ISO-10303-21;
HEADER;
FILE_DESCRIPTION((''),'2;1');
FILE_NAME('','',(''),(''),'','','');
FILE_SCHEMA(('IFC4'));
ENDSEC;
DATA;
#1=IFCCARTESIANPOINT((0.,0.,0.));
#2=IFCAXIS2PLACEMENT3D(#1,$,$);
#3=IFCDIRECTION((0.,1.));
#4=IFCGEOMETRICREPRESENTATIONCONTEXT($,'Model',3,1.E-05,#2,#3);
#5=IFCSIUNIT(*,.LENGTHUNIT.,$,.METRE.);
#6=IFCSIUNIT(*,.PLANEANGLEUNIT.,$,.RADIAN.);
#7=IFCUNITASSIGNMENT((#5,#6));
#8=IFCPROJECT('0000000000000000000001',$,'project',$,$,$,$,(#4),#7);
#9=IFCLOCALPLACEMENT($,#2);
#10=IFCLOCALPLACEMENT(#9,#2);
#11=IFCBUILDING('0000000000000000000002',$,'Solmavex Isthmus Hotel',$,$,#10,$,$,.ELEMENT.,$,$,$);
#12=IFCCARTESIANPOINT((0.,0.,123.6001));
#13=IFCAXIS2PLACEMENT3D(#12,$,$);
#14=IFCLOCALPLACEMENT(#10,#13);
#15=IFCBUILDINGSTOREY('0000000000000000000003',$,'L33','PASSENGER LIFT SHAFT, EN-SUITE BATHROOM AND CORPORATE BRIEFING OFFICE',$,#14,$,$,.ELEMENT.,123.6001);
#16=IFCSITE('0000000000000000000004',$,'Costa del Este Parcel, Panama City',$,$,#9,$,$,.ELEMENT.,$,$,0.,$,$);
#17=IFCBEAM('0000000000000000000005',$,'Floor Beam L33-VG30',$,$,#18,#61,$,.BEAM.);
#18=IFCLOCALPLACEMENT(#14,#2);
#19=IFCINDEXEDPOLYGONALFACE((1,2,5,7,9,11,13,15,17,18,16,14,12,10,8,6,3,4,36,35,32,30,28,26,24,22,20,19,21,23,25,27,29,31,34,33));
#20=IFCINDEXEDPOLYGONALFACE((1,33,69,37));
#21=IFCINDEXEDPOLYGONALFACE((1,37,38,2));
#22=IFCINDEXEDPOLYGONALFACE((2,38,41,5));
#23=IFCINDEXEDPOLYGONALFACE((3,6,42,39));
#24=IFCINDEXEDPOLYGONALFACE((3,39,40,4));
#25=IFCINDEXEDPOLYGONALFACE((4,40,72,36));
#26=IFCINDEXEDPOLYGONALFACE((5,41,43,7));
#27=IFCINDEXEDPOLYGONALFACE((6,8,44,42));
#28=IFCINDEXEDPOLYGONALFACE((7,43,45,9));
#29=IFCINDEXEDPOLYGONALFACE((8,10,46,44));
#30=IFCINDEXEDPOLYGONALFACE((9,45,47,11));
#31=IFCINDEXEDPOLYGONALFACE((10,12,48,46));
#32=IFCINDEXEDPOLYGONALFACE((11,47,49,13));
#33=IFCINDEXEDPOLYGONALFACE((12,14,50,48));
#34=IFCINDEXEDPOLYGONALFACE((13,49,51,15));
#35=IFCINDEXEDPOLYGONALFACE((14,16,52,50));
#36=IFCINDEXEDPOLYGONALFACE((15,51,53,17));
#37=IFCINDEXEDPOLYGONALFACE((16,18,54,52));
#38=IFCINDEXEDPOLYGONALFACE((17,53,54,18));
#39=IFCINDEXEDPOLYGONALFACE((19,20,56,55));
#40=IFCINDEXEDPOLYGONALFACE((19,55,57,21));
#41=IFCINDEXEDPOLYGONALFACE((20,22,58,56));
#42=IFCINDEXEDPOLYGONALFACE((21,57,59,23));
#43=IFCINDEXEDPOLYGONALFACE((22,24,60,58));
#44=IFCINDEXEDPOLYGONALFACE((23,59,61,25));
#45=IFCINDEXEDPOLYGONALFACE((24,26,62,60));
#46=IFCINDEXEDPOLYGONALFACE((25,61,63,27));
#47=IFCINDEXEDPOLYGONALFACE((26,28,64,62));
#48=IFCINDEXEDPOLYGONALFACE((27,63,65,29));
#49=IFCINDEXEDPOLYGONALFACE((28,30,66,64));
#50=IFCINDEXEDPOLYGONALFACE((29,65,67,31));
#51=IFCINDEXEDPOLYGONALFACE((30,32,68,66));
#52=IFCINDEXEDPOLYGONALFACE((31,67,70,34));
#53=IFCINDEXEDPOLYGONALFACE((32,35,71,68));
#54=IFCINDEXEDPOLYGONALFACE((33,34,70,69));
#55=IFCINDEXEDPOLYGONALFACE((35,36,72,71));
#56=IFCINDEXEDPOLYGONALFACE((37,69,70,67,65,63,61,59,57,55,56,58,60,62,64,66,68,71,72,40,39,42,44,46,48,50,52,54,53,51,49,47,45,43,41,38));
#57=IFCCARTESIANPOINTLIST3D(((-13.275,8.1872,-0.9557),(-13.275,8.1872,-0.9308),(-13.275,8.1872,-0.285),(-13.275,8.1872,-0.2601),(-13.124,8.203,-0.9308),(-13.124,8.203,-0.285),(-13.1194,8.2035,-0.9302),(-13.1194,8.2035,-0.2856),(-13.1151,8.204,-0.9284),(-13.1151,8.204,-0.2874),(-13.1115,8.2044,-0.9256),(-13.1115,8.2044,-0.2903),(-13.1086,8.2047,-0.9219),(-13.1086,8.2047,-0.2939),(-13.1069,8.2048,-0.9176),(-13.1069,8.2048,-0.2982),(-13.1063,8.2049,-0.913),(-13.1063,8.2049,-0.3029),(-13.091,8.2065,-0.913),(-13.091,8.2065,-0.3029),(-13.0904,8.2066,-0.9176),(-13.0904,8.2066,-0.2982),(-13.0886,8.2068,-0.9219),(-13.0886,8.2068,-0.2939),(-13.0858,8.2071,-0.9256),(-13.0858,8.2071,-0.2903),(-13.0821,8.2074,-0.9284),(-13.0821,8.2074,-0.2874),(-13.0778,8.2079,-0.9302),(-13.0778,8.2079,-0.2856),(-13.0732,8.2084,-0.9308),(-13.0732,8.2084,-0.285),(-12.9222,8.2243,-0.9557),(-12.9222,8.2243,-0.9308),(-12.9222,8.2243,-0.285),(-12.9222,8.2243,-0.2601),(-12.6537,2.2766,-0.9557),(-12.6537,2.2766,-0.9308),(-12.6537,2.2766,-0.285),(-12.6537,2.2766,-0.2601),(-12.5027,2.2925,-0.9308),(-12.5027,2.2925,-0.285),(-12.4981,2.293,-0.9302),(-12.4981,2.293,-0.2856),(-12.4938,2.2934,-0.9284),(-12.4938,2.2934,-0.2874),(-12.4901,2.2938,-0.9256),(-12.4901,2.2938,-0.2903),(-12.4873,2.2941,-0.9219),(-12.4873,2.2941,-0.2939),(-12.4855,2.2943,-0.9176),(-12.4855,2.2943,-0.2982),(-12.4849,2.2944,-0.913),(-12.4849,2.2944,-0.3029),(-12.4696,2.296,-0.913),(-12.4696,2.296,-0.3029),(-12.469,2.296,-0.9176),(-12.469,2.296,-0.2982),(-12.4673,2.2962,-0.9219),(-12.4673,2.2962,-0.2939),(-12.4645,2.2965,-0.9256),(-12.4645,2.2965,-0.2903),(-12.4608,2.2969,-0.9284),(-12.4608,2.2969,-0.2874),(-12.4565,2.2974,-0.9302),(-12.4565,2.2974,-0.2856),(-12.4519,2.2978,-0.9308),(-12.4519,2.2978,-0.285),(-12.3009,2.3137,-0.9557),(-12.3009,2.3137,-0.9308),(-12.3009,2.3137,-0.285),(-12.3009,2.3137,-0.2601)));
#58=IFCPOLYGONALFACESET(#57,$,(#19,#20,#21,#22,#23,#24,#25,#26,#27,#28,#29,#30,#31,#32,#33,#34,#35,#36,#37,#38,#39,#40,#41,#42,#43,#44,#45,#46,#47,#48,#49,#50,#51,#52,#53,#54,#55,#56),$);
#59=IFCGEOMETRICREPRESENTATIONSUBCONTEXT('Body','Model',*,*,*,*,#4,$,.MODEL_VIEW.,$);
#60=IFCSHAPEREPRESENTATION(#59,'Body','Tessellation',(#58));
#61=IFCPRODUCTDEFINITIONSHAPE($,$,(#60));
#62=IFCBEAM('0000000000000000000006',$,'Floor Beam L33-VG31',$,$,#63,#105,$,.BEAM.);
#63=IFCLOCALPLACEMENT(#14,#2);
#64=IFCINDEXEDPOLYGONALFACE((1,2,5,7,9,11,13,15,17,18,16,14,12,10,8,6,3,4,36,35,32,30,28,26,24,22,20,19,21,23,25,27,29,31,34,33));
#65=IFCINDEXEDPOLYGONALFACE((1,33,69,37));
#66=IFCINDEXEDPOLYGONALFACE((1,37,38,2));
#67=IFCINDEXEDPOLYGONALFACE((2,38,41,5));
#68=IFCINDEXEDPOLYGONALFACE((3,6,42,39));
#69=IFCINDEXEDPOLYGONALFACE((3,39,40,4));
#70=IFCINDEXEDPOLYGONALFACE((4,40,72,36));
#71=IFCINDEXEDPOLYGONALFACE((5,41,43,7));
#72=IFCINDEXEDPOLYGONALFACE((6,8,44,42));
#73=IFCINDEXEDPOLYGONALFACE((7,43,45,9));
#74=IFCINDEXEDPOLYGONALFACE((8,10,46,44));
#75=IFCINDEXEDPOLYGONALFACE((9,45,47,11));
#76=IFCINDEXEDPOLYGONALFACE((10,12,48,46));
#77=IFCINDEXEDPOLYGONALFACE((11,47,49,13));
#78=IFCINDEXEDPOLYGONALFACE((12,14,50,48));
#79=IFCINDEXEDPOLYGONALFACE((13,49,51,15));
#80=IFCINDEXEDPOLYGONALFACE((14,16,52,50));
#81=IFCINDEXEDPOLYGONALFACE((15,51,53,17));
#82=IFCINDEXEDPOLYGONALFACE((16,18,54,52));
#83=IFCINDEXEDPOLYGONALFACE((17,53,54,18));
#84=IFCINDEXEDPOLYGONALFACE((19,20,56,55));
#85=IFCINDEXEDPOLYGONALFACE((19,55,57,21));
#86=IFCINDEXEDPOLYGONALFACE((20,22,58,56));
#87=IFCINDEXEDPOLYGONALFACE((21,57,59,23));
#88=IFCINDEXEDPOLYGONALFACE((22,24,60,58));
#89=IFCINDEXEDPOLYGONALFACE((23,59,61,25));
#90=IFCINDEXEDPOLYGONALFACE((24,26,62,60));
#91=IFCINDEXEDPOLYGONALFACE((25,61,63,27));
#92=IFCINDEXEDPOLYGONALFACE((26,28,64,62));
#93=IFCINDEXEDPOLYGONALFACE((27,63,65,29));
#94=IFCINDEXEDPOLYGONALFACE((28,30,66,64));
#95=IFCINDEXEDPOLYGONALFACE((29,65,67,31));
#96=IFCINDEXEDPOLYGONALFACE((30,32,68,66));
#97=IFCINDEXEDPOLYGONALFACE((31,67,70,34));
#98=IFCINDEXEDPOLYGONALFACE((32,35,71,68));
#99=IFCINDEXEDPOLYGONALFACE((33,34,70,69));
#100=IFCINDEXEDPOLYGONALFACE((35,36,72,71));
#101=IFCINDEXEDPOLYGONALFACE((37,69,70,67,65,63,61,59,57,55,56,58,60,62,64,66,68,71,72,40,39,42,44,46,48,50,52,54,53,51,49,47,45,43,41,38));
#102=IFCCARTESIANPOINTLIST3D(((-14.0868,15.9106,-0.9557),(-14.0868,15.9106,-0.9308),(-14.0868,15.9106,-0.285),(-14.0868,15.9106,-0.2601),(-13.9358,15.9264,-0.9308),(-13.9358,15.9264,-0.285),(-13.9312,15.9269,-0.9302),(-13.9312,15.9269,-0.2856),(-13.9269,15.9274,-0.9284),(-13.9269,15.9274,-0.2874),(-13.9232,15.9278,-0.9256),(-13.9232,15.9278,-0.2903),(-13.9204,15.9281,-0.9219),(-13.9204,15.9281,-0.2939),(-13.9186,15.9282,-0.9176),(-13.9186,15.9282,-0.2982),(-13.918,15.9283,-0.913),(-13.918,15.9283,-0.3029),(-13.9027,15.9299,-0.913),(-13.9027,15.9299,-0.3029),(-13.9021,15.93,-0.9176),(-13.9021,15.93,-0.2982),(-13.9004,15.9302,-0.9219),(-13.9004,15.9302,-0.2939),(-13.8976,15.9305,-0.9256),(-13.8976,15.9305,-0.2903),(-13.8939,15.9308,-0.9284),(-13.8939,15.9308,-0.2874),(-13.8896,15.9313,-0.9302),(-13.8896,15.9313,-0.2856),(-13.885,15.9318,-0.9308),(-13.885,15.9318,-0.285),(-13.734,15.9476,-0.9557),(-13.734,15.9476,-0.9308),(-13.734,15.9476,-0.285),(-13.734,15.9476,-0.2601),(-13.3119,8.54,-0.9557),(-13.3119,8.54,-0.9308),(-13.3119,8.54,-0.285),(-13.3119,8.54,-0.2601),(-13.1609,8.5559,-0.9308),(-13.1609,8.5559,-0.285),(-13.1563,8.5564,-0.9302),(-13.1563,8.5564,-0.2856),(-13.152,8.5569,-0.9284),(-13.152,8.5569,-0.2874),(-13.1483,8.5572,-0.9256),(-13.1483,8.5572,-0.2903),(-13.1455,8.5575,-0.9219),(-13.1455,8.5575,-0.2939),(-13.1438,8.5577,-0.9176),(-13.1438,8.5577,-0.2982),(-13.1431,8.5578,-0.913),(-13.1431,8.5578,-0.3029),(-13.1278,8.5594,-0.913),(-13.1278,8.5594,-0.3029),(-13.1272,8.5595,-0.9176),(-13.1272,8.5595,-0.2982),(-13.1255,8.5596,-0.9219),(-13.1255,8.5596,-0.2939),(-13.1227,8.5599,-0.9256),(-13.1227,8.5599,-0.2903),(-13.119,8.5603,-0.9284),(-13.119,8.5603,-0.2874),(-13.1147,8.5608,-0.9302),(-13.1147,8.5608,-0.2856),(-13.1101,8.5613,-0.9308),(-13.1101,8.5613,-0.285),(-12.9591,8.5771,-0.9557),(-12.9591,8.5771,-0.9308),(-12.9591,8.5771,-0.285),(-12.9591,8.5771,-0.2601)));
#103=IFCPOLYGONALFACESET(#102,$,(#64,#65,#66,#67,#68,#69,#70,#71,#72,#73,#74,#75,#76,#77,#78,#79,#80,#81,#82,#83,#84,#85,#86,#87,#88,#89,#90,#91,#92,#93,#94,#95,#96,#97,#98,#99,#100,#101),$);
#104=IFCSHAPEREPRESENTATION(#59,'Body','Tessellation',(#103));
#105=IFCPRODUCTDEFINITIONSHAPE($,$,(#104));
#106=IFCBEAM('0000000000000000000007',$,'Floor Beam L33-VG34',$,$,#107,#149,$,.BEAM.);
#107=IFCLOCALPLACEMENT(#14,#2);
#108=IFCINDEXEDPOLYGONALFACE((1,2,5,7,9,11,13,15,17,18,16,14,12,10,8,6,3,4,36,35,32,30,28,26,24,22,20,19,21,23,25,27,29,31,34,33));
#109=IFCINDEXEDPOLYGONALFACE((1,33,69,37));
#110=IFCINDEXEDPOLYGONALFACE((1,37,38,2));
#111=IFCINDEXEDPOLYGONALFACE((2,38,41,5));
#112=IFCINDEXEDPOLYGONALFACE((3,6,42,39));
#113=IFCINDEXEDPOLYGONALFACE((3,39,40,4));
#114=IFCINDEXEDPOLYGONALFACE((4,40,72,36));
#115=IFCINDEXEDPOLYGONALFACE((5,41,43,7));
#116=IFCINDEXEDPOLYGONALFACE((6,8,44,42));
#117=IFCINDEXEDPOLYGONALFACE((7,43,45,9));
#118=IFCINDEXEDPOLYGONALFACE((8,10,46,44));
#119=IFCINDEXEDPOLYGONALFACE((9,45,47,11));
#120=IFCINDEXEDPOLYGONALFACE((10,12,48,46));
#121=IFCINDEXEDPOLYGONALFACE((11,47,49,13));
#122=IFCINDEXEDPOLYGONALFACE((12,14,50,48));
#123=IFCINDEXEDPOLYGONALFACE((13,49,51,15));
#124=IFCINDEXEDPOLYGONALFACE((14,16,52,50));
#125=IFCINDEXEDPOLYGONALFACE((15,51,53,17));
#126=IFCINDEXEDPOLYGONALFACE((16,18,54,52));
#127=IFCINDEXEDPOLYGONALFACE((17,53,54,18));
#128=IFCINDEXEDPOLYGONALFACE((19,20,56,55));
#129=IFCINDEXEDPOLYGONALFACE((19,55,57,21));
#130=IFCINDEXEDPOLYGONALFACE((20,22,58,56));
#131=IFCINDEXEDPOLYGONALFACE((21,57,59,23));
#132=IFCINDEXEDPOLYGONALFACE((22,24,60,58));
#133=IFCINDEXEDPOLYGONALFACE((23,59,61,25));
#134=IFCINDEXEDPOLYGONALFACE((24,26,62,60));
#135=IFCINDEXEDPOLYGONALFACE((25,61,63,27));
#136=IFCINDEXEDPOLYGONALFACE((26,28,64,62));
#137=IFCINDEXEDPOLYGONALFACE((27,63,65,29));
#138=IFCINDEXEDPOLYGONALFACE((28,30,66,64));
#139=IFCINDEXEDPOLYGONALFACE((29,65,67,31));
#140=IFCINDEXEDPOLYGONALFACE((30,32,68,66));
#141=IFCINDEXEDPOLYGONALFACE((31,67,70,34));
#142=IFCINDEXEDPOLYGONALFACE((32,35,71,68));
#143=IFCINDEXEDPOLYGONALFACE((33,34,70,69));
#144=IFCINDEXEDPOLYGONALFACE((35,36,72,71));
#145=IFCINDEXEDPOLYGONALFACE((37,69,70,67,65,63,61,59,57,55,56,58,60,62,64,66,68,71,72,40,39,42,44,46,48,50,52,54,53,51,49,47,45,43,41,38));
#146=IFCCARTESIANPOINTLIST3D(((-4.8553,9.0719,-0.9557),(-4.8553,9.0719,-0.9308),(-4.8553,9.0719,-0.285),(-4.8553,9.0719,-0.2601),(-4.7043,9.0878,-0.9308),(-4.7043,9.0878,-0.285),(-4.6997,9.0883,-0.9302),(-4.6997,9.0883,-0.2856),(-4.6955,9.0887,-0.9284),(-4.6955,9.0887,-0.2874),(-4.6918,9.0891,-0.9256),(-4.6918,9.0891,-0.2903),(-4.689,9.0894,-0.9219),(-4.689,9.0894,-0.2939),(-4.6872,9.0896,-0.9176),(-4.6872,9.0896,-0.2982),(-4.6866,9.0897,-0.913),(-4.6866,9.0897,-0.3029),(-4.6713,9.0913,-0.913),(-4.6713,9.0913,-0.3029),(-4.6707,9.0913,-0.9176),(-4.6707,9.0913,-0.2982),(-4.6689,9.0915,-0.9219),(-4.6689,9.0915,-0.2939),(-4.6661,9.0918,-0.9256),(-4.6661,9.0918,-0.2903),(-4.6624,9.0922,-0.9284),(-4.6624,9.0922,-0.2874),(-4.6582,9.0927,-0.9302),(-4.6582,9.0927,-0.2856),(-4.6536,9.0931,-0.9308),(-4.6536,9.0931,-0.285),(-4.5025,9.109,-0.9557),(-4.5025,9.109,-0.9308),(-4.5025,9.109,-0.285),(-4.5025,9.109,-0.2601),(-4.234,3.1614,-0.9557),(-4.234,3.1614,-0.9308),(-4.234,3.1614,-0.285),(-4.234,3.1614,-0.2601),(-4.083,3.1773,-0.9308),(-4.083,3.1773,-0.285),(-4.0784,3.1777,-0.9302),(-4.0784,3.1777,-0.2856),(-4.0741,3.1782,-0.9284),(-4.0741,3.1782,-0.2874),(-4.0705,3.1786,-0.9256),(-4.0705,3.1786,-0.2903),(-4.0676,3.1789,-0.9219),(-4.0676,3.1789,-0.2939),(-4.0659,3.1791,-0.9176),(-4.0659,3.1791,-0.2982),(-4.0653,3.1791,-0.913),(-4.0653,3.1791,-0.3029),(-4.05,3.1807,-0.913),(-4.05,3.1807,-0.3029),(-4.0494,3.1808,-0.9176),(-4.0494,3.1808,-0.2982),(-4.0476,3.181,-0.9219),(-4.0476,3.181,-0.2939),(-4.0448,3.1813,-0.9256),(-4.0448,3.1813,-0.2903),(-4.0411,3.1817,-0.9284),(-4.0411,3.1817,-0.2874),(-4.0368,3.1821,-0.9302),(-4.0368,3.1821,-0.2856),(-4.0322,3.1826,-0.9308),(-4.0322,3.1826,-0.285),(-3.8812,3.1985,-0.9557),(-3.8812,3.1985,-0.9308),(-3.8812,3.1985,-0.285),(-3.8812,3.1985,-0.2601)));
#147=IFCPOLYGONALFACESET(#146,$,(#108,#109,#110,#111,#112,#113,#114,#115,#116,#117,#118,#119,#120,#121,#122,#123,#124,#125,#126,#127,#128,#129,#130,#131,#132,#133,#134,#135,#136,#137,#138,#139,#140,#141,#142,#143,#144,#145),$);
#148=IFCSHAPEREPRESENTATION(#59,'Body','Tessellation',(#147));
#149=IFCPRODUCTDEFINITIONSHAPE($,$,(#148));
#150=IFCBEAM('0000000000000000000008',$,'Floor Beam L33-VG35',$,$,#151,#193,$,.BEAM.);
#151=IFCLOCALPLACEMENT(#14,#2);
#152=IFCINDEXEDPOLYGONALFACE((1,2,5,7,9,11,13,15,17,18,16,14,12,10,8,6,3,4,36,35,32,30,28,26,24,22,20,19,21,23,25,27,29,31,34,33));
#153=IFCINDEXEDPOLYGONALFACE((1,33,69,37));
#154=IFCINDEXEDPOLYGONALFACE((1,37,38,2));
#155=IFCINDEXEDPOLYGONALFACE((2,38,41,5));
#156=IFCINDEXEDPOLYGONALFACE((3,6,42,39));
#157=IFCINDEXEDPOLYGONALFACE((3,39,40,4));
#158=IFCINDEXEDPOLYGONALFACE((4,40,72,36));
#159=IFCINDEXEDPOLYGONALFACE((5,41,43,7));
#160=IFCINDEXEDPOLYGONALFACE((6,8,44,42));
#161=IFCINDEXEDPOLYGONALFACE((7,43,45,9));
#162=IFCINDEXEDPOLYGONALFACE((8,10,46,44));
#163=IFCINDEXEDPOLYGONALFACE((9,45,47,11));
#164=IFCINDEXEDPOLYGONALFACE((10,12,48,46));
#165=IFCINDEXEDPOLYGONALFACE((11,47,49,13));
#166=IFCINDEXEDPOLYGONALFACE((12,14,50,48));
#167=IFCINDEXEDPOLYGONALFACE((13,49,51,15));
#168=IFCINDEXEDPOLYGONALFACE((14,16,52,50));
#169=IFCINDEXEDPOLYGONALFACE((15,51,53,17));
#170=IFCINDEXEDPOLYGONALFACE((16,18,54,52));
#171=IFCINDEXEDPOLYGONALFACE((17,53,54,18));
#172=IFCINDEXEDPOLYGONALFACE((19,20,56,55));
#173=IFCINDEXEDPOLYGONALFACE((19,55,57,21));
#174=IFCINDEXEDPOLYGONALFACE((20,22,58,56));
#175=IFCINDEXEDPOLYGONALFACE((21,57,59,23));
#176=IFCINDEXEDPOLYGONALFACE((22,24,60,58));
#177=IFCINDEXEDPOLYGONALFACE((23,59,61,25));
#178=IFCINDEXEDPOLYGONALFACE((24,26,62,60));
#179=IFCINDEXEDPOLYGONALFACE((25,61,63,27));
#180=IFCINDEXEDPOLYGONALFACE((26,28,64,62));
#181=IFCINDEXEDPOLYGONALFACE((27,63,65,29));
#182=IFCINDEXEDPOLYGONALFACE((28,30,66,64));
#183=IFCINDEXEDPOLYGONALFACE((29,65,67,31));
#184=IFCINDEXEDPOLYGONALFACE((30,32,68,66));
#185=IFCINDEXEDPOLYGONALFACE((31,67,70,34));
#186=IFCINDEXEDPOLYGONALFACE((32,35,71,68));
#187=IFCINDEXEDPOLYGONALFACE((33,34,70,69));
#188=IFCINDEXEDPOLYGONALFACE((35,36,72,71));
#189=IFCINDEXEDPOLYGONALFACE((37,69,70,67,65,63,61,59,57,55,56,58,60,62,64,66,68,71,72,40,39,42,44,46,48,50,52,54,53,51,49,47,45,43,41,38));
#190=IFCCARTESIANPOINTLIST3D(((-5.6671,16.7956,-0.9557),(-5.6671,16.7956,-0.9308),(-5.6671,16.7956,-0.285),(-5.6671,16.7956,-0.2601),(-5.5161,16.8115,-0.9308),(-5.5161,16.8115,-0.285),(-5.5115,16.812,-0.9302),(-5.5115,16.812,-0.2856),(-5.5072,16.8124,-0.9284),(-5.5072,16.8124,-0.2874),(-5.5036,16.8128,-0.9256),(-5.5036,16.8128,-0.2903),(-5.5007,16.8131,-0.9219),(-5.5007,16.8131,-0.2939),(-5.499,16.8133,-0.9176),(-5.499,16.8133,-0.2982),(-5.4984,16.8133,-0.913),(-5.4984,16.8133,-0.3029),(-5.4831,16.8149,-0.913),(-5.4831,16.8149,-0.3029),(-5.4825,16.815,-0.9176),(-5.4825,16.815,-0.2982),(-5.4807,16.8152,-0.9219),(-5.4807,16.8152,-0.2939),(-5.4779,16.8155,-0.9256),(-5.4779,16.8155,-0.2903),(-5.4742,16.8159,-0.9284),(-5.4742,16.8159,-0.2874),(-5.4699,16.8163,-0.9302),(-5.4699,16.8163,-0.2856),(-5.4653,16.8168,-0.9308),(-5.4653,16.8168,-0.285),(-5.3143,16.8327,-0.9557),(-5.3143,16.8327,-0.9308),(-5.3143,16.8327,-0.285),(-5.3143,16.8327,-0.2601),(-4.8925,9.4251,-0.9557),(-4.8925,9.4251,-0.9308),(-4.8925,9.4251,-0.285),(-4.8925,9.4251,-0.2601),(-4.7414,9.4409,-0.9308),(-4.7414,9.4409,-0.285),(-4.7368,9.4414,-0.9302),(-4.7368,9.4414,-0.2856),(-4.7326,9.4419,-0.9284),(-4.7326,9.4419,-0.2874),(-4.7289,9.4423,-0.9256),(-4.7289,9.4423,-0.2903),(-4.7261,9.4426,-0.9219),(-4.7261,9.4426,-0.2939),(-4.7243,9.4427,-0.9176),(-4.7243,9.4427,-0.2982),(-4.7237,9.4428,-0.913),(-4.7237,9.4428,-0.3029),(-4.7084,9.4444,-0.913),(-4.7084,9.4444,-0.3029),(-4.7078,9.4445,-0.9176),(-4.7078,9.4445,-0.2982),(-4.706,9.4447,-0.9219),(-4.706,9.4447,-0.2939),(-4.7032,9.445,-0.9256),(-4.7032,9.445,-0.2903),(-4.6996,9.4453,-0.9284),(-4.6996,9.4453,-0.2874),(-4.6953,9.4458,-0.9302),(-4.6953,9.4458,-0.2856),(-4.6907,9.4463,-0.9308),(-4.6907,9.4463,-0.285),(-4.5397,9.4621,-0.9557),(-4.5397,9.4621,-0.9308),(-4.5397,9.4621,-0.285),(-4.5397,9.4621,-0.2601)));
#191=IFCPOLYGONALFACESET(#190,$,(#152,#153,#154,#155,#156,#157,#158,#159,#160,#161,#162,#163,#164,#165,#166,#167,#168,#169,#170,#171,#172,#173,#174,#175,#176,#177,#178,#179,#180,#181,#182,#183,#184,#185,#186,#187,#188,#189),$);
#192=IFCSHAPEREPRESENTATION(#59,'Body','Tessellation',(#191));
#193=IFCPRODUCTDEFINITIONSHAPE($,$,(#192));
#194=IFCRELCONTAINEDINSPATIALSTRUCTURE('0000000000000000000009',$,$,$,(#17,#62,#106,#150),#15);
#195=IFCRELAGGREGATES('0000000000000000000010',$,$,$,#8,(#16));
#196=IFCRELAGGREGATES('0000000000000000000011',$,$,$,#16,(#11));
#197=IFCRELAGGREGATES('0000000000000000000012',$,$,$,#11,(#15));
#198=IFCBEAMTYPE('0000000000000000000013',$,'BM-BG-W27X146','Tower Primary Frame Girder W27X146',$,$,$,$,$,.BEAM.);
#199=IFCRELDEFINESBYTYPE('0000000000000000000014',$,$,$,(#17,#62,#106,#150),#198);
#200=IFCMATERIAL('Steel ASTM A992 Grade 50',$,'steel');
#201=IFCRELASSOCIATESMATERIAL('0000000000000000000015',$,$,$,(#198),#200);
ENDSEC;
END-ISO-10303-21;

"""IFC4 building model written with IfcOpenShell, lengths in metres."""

from ifc_helpers import new_model, si_unit, direction, frame, origin, origin_2d, place, context, subcontext, project, spatial, i_section, extrude, material, material_profile, profile_set, type_object, element, save


model = new_model("IFC4")

# Units and contexts
model_context = context("Model", 3, precision=1e-05, world=origin(), true_north=direction((0.0, 1.0)))
body_context = subcontext(model_context, "Body", "Model", "MODEL_VIEW")
ifc_project = project(units=[si_unit("LENGTHUNIT", "METRE"), si_unit("PLANEANGLEUNIT", "RADIAN")], contexts=[model_context])

# Site, building, storey
site_placement = place(None, origin())
site = spatial("IfcSite", under=ifc_project, at=site_placement, Name="Costa del Este Parcel, Panama City", CompositionType="ELEMENT", RefElevation=0.0)
building_placement = place(site_placement, origin())
building = spatial("IfcBuilding", under=site, at=building_placement, Name="Solmavex Isthmus Hotel", CompositionType="ELEMENT")
storey_placement = place(building_placement, frame((0.0, 0.0, 123.6001)))
storey = spatial("IfcBuildingStorey", under=building, at=storey_placement, Name="L33", Description="PASSENGER LIFT SHAFT, EN-SUITE BATHROOM AND CORPORATE BRIEFING OFFICE", CompositionType="ELEMENT", Elevation=123.6001)

# Beams
ifc_material_1 = material(Name="Steel ASTM A992 Grade 50", Category="steel")
ifc_material_profile_1 = material_profile(ifc_material_1, i_section(OverallWidth=0.3547, OverallDepth=0.6956, WebThickness=0.0154, FlangeThickness=0.0249, FilletRadius=0.0178, at=origin_2d()), Name="W27X146")
ifc_profile_set_1 = profile_set([ifc_material_profile_1], Name="Steel ASTM A992 Grade 50")
beam_type_1 = type_object("IfcBeamType", Name="BM-BG-W27X146", Description="Tower Primary Frame Girder W27X146", PredefinedType="BEAM", material=ifc_profile_set_1)
beam_1_placement = place(storey_placement, frame((-12.4773, 2.2952, -0.6079), z_axis=(-0.104546, 0.99452, 0.0), x_axis=(-0.99452, -0.104546, 0.0)))
element("IfcBeam", 1, at=beam_1_placement, inside=storey, type_object=beam_type_1, Name="Floor Beam L33-VG30", PredefinedType="BEAM", context=body_context, shape_type="SweptSolid", body=[
    extrude(i_section(OverallWidth=0.3547, OverallDepth=0.6956, WebThickness=0.0154, FlangeThickness=0.0249, FilletRadius=0.0178, at=origin_2d()), origin(), (0.0, 0.0, 1.0), 5.9431),
])
beam_2_placement = place(storey_placement, frame((-13.1355, 8.5586, -0.6079), z_axis=(-0.104558, 0.994519, 0.0), x_axis=(-0.994519, -0.104558, 0.0)))
element("IfcBeam", 2, at=beam_2_placement, inside=storey, type_object=beam_type_1, Name="Floor Beam L33-VG31", PredefinedType="BEAM", context=body_context, shape_type="SweptSolid", body=[
    extrude(i_section(OverallWidth=0.3547, OverallDepth=0.6956, WebThickness=0.0154, FlangeThickness=0.0249, FilletRadius=0.0178, at=origin_2d()), origin(), (0.0, 0.0, 1.0), 7.4111),
])
beam_3_placement = place(storey_placement, frame((-4.0576, 3.1799, -0.6079), z_axis=(-0.104546, 0.99452, 0.0), x_axis=(-0.99452, -0.104546, 0.0)))
element("IfcBeam", 3, at=beam_3_placement, inside=storey, type_object=beam_type_1, Name="Floor Beam L33-VG34", PredefinedType="BEAM", context=body_context, shape_type="SweptSolid", body=[
    extrude(i_section(OverallWidth=0.3547, OverallDepth=0.6956, WebThickness=0.0154, FlangeThickness=0.0249, FilletRadius=0.0178, at=origin_2d()), origin(), (0.0, 0.0, 1.0), 5.9431),
])
beam_4_placement = place(storey_placement, frame((-4.7161, 9.4436, -0.6079), z_axis=(-0.104525, 0.994522, 0.0), x_axis=(-0.994522, -0.104525, 0.0)))
element("IfcBeam", 4, at=beam_4_placement, inside=storey, type_object=beam_type_1, Name="Floor Beam L33-VG35", PredefinedType="BEAM", context=body_context, shape_type="SweptSolid", body=[
    extrude(i_section(OverallWidth=0.3547, OverallDepth=0.6956, WebThickness=0.0154, FlangeThickness=0.0249, FilletRadius=0.0178, at=origin_2d()), origin(), (0.0, 0.0, 1.0), 7.4111),
])

save(model, "model.ifc")
